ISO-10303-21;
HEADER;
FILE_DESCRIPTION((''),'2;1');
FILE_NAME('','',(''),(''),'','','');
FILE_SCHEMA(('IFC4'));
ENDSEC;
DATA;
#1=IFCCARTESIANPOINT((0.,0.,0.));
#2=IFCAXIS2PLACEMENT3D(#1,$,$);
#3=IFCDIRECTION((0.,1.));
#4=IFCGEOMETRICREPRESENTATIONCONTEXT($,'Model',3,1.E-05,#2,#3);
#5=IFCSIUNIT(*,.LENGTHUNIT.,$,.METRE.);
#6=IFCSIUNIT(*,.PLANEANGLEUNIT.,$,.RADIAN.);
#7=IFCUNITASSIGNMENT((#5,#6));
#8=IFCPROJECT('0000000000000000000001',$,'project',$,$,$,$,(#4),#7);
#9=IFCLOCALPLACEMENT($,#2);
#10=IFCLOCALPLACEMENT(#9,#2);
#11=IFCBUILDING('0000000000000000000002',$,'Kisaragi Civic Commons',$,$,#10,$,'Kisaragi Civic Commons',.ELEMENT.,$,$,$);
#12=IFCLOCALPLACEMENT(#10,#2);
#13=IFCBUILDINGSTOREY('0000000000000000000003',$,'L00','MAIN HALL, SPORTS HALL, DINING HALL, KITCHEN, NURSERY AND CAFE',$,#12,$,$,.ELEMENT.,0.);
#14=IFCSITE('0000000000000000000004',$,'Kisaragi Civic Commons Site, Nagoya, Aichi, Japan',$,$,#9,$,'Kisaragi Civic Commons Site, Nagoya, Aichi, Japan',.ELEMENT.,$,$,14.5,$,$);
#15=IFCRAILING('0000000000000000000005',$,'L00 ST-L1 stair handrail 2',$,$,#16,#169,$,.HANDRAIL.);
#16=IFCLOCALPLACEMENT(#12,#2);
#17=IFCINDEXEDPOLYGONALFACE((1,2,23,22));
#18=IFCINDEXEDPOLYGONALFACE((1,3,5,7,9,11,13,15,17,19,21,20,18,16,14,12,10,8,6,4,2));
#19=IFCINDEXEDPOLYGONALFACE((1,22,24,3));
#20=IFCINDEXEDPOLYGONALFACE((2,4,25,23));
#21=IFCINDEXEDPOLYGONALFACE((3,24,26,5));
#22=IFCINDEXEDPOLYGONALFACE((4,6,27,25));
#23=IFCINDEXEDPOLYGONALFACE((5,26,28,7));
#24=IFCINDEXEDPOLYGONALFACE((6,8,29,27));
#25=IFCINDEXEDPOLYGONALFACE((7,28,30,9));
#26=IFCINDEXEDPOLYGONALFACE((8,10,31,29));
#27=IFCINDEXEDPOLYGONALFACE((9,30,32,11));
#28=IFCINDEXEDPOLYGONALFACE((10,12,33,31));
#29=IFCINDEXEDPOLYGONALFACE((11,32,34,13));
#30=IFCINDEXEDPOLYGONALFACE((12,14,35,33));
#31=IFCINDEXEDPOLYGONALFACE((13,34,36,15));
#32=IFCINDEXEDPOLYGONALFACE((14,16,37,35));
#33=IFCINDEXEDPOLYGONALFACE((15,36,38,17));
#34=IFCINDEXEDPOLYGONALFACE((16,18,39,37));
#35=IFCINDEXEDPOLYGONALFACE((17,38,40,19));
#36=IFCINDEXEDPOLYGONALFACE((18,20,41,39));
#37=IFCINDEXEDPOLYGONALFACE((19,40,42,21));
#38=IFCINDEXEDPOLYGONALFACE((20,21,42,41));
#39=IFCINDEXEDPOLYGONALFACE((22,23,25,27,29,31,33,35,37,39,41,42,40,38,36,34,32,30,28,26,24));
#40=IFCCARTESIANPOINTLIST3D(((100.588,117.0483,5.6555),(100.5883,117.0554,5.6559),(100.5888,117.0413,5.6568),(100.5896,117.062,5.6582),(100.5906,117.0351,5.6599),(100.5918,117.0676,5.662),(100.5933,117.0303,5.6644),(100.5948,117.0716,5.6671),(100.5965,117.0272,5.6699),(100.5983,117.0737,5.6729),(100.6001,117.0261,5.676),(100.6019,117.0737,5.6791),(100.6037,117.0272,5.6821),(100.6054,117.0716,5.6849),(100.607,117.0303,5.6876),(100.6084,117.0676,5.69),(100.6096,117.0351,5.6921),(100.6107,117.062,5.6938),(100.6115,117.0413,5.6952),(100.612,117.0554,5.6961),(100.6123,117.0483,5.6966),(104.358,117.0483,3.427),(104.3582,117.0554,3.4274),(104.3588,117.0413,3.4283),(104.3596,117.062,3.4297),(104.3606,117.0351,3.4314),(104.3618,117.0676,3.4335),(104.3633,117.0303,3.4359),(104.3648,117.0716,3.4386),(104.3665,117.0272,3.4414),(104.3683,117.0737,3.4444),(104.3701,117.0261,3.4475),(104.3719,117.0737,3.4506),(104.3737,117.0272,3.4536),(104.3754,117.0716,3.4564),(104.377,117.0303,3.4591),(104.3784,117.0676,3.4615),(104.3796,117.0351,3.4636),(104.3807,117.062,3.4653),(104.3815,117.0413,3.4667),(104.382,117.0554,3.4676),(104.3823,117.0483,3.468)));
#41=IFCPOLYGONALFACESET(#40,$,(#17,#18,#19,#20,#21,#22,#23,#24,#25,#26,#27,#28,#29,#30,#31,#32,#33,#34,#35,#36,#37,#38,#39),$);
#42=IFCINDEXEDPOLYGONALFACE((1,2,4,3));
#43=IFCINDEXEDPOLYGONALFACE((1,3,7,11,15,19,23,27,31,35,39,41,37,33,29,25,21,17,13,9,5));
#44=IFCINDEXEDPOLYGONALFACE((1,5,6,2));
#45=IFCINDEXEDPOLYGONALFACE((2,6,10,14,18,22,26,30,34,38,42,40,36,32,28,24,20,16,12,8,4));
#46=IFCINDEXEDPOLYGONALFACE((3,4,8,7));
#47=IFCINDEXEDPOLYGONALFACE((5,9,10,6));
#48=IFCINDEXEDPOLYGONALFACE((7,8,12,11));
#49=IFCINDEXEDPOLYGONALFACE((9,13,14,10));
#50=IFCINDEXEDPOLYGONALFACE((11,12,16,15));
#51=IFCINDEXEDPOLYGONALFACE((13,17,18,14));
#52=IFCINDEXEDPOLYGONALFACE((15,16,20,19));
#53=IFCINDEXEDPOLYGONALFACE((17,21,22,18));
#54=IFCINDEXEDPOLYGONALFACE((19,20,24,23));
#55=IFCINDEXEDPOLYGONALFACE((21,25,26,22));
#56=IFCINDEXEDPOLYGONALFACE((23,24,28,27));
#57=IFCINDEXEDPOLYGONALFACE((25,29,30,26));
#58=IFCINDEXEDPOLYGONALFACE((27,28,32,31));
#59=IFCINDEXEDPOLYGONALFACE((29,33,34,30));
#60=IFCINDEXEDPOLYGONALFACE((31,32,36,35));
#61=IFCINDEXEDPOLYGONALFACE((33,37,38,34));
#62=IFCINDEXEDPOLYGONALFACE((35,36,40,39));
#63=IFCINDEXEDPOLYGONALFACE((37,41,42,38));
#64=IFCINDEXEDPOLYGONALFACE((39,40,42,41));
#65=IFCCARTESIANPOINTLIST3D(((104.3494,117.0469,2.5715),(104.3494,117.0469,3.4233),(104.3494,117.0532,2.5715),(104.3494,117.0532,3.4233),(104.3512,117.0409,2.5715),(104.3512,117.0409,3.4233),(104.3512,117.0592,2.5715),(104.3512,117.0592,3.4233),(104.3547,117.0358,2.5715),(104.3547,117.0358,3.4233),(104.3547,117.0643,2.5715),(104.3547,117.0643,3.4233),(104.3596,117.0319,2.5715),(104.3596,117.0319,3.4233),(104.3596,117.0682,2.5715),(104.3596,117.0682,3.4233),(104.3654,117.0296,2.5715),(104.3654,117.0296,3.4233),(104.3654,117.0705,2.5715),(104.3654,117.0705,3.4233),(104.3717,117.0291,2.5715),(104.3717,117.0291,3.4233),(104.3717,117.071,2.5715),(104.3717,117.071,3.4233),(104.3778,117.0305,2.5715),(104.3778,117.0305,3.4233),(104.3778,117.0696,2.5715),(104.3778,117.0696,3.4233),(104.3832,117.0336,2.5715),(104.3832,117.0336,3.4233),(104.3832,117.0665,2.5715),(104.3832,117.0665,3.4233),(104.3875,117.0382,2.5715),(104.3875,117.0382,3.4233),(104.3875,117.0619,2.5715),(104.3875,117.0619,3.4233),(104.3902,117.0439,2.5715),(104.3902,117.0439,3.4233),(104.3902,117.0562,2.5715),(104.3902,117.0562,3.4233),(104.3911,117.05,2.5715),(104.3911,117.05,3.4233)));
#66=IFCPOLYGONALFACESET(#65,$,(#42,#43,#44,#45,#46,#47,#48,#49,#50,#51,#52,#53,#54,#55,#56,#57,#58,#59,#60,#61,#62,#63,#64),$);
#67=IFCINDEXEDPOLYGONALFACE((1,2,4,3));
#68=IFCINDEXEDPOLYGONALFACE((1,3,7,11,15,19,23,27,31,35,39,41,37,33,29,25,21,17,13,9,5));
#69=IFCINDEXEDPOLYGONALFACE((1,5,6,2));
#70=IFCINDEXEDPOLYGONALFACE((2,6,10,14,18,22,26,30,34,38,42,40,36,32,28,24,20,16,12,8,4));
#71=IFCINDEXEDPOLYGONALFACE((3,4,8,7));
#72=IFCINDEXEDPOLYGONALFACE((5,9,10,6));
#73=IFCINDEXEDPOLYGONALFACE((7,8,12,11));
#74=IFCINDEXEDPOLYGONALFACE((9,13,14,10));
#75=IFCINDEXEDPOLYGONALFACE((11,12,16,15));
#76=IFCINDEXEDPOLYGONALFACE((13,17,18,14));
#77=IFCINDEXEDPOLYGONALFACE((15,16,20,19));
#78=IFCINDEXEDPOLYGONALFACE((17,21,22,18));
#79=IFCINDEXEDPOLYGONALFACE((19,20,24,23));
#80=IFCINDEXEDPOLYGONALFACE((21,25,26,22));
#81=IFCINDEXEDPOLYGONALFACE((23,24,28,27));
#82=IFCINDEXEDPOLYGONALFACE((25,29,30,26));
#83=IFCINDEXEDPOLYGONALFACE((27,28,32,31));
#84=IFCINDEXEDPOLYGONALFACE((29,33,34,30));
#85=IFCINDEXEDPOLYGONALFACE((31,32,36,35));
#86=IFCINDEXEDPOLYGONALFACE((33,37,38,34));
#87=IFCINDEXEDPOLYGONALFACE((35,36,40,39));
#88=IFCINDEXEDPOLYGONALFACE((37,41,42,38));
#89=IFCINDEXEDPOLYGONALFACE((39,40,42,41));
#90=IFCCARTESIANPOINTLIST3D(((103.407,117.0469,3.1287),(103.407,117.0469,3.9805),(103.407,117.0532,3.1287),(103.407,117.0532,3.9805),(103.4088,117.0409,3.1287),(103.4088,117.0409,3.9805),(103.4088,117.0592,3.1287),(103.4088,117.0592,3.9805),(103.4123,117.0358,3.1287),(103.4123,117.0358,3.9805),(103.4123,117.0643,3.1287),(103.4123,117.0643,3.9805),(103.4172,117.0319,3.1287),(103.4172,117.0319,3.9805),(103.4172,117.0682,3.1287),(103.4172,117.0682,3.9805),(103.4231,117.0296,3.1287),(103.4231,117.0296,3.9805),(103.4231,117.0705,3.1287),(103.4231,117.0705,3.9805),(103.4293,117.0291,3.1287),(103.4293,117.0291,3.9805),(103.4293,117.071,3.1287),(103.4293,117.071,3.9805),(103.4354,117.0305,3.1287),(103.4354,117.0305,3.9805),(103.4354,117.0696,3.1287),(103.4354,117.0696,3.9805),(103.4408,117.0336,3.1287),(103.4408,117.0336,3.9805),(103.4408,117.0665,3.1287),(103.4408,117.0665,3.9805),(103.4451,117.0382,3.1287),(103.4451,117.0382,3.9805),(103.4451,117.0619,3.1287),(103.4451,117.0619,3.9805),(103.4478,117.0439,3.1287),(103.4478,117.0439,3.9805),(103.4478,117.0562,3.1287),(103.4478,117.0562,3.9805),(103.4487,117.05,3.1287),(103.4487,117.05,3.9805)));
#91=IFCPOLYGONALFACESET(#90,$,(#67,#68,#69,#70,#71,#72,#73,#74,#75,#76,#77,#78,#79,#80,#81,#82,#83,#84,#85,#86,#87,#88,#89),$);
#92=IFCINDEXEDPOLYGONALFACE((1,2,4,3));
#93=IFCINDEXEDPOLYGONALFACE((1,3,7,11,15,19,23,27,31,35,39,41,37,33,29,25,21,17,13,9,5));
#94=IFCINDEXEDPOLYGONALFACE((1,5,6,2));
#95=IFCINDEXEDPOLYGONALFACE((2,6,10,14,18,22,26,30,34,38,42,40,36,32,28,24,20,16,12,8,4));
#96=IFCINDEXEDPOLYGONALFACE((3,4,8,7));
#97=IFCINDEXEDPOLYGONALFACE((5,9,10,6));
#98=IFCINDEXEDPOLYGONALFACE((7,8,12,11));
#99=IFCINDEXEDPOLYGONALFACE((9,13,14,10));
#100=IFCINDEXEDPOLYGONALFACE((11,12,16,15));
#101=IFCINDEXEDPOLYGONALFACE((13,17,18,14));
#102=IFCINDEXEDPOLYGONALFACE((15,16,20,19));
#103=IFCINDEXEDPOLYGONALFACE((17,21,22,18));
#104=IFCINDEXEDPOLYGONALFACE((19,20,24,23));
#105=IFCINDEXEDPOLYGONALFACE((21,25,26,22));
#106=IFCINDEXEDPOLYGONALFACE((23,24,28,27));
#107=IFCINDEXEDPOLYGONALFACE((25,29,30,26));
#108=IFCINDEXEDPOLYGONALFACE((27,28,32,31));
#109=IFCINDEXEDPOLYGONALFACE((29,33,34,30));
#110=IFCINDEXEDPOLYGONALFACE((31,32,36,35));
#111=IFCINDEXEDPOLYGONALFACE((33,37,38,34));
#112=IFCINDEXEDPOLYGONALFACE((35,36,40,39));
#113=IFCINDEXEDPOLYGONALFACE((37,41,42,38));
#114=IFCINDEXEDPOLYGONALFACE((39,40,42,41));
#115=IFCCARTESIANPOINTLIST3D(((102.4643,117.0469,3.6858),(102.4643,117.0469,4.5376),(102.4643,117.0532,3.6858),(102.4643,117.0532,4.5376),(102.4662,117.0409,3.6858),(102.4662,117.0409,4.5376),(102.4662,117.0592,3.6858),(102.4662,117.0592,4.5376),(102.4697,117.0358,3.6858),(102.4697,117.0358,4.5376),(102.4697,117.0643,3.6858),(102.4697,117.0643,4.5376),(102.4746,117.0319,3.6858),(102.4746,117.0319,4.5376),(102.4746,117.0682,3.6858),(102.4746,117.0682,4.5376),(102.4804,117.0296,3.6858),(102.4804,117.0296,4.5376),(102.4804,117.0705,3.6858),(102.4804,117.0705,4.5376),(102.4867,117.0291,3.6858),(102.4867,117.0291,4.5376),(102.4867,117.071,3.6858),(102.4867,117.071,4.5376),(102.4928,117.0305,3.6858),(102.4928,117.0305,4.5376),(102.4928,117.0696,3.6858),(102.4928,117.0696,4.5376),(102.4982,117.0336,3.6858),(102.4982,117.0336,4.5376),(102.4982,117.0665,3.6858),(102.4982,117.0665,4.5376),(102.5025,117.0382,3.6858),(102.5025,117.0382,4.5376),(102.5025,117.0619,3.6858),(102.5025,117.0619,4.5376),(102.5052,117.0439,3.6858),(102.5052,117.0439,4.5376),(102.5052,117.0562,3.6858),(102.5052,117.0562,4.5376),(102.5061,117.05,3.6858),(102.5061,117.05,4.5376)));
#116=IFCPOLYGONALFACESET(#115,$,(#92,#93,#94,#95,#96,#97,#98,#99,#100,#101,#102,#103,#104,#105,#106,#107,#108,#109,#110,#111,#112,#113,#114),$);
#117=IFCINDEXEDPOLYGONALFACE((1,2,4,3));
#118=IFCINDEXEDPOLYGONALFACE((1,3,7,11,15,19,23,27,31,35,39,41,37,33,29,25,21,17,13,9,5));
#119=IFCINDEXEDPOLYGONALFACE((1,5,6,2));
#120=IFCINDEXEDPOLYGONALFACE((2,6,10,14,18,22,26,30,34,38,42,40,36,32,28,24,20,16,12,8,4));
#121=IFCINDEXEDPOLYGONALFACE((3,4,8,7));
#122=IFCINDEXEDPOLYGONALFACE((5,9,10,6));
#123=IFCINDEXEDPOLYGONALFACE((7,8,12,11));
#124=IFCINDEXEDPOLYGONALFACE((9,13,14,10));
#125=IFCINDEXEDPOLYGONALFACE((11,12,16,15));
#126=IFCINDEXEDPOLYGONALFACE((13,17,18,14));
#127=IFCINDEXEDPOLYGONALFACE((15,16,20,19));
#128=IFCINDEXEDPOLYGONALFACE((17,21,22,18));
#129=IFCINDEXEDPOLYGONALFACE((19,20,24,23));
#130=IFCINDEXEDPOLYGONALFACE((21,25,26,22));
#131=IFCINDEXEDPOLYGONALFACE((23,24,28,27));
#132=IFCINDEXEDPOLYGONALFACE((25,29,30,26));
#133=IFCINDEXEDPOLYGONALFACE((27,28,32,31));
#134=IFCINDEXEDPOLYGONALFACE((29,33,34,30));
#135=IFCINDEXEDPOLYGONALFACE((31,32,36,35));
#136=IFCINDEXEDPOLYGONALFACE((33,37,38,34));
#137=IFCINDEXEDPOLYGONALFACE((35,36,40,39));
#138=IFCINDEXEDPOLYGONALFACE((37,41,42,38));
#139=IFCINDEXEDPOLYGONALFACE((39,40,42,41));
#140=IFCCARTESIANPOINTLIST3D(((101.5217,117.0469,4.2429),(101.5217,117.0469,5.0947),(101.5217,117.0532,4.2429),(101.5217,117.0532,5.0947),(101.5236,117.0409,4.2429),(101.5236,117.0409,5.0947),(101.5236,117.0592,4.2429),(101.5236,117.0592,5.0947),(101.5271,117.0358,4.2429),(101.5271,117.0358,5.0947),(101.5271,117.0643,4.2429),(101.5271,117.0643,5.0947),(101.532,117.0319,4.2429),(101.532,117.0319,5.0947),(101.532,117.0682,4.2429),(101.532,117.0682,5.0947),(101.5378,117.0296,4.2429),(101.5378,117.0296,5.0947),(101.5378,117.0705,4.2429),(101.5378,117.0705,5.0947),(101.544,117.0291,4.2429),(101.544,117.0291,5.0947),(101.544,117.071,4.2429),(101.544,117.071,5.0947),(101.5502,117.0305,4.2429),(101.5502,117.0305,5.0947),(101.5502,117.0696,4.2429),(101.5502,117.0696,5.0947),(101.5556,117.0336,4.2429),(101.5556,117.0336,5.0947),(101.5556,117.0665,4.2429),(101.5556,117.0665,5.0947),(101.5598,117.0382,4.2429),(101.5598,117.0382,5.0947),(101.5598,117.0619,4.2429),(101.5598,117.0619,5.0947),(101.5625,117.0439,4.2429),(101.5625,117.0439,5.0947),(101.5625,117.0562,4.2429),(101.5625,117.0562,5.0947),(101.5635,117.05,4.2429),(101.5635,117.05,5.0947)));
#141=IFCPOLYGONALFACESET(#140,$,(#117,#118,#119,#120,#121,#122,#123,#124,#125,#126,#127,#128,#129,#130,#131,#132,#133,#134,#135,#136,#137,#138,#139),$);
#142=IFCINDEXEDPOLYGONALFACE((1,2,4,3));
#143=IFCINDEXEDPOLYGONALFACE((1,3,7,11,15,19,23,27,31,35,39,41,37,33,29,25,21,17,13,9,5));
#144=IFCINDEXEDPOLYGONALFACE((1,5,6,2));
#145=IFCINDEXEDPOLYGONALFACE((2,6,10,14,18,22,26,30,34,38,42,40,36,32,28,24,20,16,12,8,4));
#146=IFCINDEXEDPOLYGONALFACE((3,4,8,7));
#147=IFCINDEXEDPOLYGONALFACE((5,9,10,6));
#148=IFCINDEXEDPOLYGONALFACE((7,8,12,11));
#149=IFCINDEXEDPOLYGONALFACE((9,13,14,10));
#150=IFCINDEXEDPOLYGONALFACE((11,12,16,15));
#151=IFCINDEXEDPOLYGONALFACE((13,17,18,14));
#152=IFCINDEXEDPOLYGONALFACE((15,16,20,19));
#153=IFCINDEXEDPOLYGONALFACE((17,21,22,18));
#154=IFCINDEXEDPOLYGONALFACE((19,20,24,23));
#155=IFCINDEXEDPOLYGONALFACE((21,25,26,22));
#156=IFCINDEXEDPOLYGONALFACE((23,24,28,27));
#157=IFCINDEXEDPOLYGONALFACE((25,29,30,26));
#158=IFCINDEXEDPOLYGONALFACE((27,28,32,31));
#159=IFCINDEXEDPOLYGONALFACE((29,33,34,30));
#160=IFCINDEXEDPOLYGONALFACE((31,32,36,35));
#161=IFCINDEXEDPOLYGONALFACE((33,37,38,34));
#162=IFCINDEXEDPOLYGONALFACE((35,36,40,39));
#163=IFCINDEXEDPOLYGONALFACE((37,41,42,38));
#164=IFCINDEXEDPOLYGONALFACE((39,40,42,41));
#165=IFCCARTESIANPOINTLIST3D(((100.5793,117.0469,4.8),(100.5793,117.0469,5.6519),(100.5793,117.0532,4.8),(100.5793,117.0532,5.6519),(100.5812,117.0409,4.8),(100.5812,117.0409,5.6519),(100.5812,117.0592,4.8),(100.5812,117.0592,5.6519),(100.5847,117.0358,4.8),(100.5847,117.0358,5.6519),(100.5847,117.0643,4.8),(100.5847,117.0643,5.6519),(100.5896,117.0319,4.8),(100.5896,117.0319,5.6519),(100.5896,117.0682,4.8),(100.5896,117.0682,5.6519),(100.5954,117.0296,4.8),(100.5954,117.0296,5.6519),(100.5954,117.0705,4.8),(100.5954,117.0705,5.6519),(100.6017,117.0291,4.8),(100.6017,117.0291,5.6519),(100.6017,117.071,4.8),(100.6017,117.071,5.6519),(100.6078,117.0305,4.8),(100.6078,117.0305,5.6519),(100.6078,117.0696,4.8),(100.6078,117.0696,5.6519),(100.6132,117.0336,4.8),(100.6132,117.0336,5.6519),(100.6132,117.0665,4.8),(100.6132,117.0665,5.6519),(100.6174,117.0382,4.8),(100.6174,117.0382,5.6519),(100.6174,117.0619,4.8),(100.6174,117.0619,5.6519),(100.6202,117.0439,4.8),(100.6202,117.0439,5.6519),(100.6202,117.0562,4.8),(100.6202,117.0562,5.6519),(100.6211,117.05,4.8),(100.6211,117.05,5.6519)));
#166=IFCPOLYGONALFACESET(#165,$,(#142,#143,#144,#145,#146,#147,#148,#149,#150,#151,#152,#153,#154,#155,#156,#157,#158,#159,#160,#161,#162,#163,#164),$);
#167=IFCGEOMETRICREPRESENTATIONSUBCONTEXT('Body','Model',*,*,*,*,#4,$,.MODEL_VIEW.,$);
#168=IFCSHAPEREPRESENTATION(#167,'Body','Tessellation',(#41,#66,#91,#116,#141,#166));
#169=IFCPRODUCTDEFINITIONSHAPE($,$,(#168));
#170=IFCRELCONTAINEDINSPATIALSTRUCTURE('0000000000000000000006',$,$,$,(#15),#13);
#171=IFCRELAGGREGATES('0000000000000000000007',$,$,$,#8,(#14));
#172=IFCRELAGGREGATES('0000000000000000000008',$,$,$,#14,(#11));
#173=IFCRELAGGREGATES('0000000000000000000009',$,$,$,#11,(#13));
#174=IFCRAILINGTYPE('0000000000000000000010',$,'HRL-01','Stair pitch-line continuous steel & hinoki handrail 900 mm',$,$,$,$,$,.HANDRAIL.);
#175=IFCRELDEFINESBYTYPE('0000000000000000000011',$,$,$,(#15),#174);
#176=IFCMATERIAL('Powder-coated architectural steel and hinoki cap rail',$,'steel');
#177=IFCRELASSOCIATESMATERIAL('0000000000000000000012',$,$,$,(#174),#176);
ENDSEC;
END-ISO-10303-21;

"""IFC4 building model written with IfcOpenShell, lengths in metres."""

from ifc_helpers import new_model, si_unit, direction, frame, origin, origin_2d, place, context, subcontext, project, spatial, circle, extrude, material, type_object, element, save


model = new_model("IFC4")

# Units and contexts
model_context = context("Model", 3, precision=1e-05, world=origin(), true_north=direction((0.0, 1.0)))
body_context = subcontext(model_context, "Body", "Model", "MODEL_VIEW")
ifc_project = project(units=[si_unit("LENGTHUNIT", "METRE"), si_unit("PLANEANGLEUNIT", "RADIAN")], contexts=[model_context])

# Site, building, storey
site_placement = place(None, origin())
site = spatial("IfcSite", under=ifc_project, at=site_placement, Name="Kisaragi Civic Commons Site, Nagoya, Aichi, Japan", LongName="Kisaragi Civic Commons Site, Nagoya, Aichi, Japan", CompositionType="ELEMENT", RefElevation=14.5)
building_placement = place(site_placement, origin())
building = spatial("IfcBuilding", under=site, at=building_placement, Name="Kisaragi Civic Commons", LongName="Kisaragi Civic Commons", CompositionType="ELEMENT")
storey_placement = place(building_placement, origin())
storey = spatial("IfcBuildingStorey", under=building, at=storey_placement, Name="L00", Description="MAIN HALL, SPORTS HALL, DINING HALL, KITCHEN, NURSERY AND CAFE", CompositionType="ELEMENT", Elevation=0.0)

# Railing
ifc_material_1 = material(Name="Powder-coated architectural steel and hinoki cap rail", Category="steel")
railing_type_1 = type_object("IfcRailingType", Name="HRL-01", Description="Stair pitch-line continuous steel & hinoki handrail 900 mm", PredefinedType="HANDRAIL", material=ifc_material_1)
railing_1_placement = place(storey_placement, frame((104.3701, 117.05, 2.5715)))
element("IfcRailing", 1, at=railing_1_placement, inside=storey, type_object=railing_type_1, Name="L00 ST-L1 stair handrail 2", PredefinedType="HANDRAIL", context=body_context, shape_type="SweptSolid", body=[
    extrude(circle(Radius=0.0239, at=origin_2d()), frame((0.0, 0.0, 0.876), z_axis=(-0.860849, 0.0, 0.508861), x_axis=(0.0, -1.0, 0.0)), (0.0, 0.0, 1.0), 4.3794),
    extrude(circle(Radius=0.021, at=origin_2d()), origin(), (0.0, 0.0, 1.0), 0.8518),
    extrude(circle(Radius=0.021, at=origin_2d()), frame((-0.9424, 0.0, 0.5571)), (0.0, 0.0, 1.0), 0.8518),
    extrude(circle(Radius=0.021, at=origin_2d()), frame((-1.885, 0.0, 1.1143)), (0.0, 0.0, 1.0), 0.8518),
    extrude(circle(Radius=0.021, at=origin_2d()), frame((-2.8276, 0.0, 1.6714)), (0.0, 0.0, 1.0), 0.8518),
    extrude(circle(Radius=0.021, at=origin_2d()), frame((-3.77, 0.0, 2.2285)), (0.0, 0.0, 1.0), 0.8518),
])

save(model, "model.ifc")
